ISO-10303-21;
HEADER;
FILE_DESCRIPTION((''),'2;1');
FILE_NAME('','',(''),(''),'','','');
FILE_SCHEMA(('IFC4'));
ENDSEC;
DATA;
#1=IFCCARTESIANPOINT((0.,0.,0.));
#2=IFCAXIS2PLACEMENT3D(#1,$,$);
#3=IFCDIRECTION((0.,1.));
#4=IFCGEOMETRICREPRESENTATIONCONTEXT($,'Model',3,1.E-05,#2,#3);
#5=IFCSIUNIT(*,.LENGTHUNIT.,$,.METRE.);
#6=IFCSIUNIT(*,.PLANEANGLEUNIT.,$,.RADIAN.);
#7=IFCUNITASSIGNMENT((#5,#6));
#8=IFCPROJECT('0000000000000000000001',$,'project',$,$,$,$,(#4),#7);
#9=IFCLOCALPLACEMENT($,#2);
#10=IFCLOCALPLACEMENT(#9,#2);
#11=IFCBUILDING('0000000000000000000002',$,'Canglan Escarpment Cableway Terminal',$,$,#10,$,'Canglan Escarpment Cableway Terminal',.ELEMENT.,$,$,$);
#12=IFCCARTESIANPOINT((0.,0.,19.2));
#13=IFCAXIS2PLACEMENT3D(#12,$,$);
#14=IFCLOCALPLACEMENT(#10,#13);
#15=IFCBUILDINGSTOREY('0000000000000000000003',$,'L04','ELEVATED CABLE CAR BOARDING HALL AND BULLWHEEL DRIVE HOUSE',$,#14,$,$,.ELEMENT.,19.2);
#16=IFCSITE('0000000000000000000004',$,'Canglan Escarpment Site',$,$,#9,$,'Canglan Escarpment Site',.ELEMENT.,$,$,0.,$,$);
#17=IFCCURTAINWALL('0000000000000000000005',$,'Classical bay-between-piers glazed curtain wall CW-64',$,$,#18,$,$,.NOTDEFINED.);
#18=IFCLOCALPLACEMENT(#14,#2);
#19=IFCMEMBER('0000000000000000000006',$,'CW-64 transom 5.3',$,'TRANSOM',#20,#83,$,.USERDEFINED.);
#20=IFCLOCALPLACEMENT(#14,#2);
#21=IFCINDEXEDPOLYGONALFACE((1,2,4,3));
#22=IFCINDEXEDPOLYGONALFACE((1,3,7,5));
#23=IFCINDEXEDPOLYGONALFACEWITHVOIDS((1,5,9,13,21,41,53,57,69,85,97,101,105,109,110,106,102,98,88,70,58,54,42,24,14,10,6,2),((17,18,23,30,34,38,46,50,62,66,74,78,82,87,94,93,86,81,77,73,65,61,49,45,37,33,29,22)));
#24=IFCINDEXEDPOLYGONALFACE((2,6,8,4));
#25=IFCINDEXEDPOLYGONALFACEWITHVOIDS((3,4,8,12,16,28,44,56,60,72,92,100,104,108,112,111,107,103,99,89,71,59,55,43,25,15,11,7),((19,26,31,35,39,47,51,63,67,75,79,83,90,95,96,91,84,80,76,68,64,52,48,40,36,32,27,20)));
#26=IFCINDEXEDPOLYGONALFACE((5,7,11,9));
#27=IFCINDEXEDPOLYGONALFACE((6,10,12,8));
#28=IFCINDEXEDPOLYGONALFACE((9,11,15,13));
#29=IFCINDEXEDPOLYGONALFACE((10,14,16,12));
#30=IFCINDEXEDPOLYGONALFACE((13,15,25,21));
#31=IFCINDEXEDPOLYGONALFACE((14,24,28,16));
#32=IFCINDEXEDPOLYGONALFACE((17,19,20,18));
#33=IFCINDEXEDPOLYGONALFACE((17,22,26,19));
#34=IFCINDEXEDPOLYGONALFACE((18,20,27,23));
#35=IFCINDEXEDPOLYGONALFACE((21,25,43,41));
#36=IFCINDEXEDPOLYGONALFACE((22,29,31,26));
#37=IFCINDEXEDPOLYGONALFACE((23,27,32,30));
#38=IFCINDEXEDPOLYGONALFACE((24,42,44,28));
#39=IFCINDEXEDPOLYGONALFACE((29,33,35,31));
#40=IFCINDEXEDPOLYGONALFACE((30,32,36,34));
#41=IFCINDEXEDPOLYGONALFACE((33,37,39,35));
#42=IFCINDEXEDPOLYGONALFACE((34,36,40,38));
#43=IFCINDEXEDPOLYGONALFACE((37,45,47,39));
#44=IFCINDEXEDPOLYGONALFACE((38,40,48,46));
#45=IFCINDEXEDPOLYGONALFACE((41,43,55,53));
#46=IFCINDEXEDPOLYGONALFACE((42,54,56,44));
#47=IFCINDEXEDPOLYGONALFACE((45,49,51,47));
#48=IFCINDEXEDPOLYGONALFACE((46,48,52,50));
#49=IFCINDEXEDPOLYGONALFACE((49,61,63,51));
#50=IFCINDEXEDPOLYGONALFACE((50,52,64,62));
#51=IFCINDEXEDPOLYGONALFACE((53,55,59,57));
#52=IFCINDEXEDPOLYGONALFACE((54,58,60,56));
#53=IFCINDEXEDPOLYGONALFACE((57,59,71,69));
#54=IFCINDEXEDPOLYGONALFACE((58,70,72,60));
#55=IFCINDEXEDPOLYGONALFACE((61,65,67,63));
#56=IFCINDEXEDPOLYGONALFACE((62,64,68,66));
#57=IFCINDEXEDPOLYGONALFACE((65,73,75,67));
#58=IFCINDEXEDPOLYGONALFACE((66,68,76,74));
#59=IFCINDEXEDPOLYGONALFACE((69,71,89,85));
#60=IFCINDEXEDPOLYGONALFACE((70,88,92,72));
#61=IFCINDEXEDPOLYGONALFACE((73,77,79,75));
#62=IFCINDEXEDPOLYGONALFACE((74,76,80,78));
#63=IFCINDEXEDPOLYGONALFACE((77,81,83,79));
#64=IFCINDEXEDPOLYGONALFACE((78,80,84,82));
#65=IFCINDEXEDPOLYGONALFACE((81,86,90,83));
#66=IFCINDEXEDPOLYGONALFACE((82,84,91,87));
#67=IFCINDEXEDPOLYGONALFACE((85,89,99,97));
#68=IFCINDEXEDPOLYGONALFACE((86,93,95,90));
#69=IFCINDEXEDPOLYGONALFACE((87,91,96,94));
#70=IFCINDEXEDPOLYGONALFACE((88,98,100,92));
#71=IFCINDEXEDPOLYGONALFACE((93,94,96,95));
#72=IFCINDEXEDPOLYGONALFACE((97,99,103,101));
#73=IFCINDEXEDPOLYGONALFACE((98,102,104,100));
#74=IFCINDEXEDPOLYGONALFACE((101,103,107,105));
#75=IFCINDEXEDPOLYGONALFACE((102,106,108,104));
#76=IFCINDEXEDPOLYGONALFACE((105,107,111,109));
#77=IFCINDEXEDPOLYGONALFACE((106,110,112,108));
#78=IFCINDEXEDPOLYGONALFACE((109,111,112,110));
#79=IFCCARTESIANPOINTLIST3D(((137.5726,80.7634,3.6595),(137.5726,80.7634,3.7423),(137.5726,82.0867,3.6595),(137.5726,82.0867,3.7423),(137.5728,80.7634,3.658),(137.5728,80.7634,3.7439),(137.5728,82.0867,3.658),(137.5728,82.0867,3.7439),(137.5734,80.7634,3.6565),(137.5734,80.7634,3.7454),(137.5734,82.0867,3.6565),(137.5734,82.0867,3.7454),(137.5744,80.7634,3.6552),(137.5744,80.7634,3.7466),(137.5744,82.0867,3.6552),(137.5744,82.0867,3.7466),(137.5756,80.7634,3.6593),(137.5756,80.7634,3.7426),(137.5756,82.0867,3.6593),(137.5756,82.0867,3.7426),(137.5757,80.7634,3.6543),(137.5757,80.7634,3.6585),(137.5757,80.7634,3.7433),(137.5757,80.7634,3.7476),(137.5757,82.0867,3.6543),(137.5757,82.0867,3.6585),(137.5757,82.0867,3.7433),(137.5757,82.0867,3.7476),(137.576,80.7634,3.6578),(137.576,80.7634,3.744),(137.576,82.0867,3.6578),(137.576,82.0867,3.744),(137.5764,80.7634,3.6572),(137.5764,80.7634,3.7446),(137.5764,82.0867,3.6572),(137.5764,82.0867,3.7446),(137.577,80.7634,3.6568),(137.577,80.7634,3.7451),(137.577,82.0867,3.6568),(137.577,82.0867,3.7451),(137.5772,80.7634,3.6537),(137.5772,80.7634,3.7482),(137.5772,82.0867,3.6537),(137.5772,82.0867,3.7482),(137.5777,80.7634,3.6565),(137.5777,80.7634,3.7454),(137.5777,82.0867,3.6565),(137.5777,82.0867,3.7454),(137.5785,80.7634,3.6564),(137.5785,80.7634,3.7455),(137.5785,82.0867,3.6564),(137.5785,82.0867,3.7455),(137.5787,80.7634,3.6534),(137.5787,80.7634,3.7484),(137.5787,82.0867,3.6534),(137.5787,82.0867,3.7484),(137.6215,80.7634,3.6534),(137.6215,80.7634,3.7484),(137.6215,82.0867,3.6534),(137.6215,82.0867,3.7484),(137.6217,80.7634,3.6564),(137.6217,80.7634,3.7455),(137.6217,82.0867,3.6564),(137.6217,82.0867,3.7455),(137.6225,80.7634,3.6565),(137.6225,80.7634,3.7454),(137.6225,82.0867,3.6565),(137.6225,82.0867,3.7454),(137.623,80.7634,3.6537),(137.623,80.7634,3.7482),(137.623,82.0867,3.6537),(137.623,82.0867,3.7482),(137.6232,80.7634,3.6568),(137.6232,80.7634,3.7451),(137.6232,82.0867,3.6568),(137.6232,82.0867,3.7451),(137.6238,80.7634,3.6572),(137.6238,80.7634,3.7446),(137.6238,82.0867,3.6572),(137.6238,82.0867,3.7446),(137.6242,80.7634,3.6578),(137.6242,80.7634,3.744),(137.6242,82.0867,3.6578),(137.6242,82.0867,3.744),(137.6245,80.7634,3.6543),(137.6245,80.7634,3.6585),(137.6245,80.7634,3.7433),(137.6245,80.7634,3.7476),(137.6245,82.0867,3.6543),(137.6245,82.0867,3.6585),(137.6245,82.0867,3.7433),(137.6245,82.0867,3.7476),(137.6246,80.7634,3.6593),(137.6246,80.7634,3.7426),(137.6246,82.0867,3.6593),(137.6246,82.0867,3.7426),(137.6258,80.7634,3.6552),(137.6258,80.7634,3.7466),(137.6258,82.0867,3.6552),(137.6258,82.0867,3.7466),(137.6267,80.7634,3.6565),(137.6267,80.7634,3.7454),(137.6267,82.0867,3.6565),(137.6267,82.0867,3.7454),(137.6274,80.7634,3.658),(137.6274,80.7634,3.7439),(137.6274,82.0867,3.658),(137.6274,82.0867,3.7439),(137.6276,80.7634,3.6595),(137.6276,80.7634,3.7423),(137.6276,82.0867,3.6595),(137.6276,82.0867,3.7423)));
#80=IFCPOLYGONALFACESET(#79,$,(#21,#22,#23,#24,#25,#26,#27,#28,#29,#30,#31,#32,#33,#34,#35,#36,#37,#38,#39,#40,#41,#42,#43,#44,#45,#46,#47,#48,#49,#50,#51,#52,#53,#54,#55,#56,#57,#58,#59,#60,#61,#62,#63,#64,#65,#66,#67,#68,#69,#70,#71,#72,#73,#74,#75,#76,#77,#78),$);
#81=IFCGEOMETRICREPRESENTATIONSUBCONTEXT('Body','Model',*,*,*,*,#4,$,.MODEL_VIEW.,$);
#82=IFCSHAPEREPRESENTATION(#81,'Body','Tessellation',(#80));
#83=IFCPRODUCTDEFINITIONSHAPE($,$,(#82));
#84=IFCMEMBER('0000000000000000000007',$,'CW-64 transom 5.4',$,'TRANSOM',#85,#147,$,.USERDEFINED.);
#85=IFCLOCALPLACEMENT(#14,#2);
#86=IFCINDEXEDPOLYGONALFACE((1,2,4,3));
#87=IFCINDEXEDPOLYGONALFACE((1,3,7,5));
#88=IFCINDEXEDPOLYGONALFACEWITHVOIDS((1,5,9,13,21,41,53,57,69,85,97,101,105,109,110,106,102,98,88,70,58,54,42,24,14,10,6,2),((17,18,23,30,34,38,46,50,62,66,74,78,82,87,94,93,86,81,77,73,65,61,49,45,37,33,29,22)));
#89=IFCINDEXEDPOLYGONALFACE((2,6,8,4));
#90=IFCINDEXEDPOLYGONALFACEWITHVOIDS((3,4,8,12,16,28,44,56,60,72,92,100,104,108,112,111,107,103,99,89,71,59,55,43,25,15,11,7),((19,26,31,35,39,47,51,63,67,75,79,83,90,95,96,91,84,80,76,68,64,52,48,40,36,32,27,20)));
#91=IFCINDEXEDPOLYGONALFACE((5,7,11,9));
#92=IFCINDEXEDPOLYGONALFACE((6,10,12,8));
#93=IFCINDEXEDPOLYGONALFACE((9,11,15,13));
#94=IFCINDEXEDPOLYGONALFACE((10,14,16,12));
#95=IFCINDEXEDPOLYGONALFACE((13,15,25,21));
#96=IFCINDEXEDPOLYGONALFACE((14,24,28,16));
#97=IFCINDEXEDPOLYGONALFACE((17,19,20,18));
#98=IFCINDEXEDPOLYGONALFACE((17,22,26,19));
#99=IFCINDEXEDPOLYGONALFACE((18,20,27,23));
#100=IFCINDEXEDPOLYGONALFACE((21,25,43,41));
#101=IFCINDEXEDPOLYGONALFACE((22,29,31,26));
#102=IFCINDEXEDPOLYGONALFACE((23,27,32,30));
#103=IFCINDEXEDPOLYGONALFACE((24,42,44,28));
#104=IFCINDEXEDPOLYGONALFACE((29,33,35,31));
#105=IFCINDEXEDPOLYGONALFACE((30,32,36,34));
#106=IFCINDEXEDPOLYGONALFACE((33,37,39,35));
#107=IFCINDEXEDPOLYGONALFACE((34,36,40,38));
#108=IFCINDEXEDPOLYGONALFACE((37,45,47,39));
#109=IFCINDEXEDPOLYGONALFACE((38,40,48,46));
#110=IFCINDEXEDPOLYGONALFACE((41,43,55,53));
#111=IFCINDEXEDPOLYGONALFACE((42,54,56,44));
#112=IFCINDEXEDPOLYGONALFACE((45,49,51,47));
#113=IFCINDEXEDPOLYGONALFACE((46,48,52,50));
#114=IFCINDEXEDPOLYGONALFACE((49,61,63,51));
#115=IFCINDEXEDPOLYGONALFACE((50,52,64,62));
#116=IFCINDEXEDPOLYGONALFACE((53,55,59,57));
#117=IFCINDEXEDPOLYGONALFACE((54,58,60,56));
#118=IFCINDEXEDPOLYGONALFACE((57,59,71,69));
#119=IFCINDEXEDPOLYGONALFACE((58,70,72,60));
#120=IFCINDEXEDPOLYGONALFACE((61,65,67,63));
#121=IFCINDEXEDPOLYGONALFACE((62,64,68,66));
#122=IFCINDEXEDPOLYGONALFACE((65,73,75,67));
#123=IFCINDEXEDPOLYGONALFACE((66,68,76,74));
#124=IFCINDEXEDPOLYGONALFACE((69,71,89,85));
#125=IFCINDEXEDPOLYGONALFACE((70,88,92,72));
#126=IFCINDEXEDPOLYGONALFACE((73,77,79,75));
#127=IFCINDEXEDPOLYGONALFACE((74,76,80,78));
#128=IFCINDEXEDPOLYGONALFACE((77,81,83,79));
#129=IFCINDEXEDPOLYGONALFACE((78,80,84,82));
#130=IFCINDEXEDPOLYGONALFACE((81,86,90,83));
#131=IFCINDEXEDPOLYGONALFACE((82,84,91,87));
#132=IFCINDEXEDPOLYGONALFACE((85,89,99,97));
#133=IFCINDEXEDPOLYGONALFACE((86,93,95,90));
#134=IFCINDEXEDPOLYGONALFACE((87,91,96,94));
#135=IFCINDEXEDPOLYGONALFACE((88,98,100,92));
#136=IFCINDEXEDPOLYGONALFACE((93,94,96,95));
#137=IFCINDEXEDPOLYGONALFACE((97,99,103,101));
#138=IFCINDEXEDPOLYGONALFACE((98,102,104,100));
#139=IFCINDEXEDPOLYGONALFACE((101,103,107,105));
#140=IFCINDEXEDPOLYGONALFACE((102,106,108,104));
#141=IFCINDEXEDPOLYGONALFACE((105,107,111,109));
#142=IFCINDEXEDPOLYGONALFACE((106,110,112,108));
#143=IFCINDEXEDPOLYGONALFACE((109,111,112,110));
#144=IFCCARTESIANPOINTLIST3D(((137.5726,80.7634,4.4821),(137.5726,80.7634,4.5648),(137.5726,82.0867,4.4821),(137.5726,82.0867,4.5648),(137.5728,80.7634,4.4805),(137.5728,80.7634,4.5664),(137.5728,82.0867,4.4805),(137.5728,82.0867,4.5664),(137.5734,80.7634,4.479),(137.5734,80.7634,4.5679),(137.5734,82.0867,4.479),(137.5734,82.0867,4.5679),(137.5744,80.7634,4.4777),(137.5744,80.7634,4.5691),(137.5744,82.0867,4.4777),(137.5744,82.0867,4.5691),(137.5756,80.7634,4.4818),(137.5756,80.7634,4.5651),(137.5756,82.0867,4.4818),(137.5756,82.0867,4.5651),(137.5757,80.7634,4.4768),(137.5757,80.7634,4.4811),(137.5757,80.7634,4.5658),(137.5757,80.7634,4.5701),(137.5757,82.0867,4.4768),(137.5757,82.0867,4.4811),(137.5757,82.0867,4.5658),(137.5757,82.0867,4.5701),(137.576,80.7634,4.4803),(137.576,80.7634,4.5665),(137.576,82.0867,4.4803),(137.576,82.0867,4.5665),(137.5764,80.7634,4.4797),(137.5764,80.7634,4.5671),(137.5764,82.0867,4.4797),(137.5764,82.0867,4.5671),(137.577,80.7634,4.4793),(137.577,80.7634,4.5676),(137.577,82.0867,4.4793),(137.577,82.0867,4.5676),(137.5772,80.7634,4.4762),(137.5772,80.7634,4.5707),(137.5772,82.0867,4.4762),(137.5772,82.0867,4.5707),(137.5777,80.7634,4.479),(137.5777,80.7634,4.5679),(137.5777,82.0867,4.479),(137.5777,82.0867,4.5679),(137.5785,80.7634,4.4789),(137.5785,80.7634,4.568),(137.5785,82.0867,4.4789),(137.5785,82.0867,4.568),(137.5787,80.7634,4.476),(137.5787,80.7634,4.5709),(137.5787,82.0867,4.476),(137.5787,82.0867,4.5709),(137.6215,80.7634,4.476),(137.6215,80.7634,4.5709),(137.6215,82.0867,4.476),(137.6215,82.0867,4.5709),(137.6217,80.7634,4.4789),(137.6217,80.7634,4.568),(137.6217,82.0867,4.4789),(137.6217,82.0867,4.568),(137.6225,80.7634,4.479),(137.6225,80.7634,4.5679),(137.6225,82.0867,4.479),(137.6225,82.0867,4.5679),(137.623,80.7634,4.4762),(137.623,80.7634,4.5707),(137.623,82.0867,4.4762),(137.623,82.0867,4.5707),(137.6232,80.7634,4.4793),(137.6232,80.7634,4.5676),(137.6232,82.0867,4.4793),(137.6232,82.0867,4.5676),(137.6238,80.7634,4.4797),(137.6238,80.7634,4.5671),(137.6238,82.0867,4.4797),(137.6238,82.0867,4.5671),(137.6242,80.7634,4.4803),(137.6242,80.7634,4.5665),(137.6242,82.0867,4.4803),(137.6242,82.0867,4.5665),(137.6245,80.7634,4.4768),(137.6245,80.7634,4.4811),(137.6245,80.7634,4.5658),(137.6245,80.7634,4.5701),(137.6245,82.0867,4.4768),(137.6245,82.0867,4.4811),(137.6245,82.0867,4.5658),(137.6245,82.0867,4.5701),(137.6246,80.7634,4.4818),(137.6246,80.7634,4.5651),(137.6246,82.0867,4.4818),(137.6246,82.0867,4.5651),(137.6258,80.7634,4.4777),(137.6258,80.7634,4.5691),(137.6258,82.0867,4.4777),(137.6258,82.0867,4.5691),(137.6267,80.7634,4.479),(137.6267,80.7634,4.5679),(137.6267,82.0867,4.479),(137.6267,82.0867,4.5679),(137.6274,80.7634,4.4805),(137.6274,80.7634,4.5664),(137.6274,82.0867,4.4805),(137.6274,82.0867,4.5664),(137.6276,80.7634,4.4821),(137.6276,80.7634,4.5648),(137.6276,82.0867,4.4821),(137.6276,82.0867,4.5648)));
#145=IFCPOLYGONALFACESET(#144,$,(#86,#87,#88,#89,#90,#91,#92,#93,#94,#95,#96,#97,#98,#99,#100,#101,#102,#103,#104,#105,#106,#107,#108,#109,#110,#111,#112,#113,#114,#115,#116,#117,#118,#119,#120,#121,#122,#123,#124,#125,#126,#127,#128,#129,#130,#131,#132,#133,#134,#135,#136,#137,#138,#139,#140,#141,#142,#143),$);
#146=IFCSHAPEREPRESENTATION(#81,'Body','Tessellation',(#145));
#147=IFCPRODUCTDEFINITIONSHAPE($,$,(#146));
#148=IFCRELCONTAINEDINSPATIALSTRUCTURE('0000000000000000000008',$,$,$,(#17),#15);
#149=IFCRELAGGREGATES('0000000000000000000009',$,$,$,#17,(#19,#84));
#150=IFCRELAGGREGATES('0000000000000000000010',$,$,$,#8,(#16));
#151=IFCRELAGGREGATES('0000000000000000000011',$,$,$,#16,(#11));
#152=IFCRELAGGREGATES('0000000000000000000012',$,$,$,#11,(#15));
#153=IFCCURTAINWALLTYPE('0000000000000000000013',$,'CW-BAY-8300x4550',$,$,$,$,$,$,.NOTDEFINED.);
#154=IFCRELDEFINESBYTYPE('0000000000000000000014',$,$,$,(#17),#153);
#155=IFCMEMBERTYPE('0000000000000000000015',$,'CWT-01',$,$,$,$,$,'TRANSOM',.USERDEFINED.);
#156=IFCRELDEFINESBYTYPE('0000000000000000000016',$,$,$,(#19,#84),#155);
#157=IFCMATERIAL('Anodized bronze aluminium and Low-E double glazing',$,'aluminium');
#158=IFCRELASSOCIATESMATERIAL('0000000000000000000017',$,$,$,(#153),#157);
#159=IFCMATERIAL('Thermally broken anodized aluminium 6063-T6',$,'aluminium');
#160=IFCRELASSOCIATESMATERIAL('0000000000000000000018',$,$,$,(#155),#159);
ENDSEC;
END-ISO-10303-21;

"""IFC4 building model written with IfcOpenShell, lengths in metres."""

from ifc_helpers import new_model, si_unit, direction, frame, origin, origin_2d, place, context, subcontext, project, spatial, hollow_rectangle, extrude, material, material_profile, profile_set, type_object, element, aggregate, save


model = new_model("IFC4")

# Units and contexts
model_context = context("Model", 3, precision=1e-05, world=origin(), true_north=direction((0.0, 1.0)))
body_context = subcontext(model_context, "Body", "Model", "MODEL_VIEW")
ifc_project = project(units=[si_unit("LENGTHUNIT", "METRE"), si_unit("PLANEANGLEUNIT", "RADIAN")], contexts=[model_context])

# Site, building, storey
site_placement = place(None, origin())
site = spatial("IfcSite", under=ifc_project, at=site_placement, Name="Canglan Escarpment Site", LongName="Canglan Escarpment Site", CompositionType="ELEMENT", RefElevation=0.0)
building_placement = place(site_placement, origin())
building = spatial("IfcBuilding", under=site, at=building_placement, Name="Canglan Escarpment Cableway Terminal", LongName="Canglan Escarpment Cableway Terminal", CompositionType="ELEMENT")
storey_placement = place(building_placement, frame((0.0, 0.0, 19.2)))
storey = spatial("IfcBuildingStorey", under=building, at=storey_placement, Name="L04", Description="ELEVATED CABLE CAR BOARDING HALL AND BULLWHEEL DRIVE HOUSE", CompositionType="ELEMENT", Elevation=19.2)

# Curtain wall
ifc_material_1 = material(Name="Anodized bronze aluminium and Low-E double glazing", Category="aluminium")
curtain_wall_type = type_object("IfcCurtainWallType", Name="CW-BAY-8300x4550", PredefinedType="NOTDEFINED", material=ifc_material_1)
curtain_wall_1_placement = place(storey_placement, origin())
curtain_wall_1 = element("IfcCurtainWall", 1, at=curtain_wall_1_placement, inside=storey, type_object=curtain_wall_type, Name="Classical bay-between-piers glazed curtain wall CW-64", PredefinedType="NOTDEFINED")
ifc_material_2 = material(Name="Thermally broken anodized aluminium 6063-T6", Category="aluminium")

# Members
ifc_material_profile_1 = material_profile(ifc_material_2, hollow_rectangle(XDim=0.0549, YDim=0.095, WallThickness=0.0029, InnerFilletRadius=0.0029, OuterFilletRadius=0.0061, at=origin_2d()), Name="ALU-TRAN 55x95x3")
ifc_profile_set_1 = profile_set([ifc_material_profile_1], Name="Thermally broken anodized aluminium 6063-T6")
member_type_1 = type_object("IfcMemberType", Name="CWT-01", ElementType="TRANSOM", PredefinedType="USERDEFINED", material=ifc_profile_set_1)
member_1_placement = place(storey_placement, frame((137.6001, 82.0867, 3.7009), z_axis=(0.0, -1.0, 0.0), x_axis=(1.0, 0.0, 0.0)))
member_1 = element("IfcMember", 2, at=member_1_placement, type_object=member_type_1, Name="CW-64 transom 5.3", ObjectType="TRANSOM", PredefinedType="USERDEFINED", context=body_context, shape_type="SweptSolid", body=[
    extrude(hollow_rectangle(XDim=0.0549, YDim=0.095, WallThickness=0.0029, InnerFilletRadius=0.0029, OuterFilletRadius=0.0061, at=origin_2d()), origin(), (0.0, 0.0, 1.0), 1.3232),
])
member_2_placement = place(storey_placement, frame((137.6001, 82.0867, 4.5234), z_axis=(0.0, -1.0, 0.0), x_axis=(1.0, 0.0, 0.0)))
member_2 = element("IfcMember", 3, at=member_2_placement, type_object=member_type_1, Name="CW-64 transom 5.4", ObjectType="TRANSOM", PredefinedType="USERDEFINED", context=body_context, shape_type="SweptSolid", body=[
    extrude(hollow_rectangle(XDim=0.0549, YDim=0.095, WallThickness=0.0029, InnerFilletRadius=0.0029, OuterFilletRadius=0.0061, at=origin_2d()), origin(), (0.0, 0.0, 1.0), 1.3232),
])

aggregate(curtain_wall_1, [member_1, member_2])

save(model, "model.ifc")
